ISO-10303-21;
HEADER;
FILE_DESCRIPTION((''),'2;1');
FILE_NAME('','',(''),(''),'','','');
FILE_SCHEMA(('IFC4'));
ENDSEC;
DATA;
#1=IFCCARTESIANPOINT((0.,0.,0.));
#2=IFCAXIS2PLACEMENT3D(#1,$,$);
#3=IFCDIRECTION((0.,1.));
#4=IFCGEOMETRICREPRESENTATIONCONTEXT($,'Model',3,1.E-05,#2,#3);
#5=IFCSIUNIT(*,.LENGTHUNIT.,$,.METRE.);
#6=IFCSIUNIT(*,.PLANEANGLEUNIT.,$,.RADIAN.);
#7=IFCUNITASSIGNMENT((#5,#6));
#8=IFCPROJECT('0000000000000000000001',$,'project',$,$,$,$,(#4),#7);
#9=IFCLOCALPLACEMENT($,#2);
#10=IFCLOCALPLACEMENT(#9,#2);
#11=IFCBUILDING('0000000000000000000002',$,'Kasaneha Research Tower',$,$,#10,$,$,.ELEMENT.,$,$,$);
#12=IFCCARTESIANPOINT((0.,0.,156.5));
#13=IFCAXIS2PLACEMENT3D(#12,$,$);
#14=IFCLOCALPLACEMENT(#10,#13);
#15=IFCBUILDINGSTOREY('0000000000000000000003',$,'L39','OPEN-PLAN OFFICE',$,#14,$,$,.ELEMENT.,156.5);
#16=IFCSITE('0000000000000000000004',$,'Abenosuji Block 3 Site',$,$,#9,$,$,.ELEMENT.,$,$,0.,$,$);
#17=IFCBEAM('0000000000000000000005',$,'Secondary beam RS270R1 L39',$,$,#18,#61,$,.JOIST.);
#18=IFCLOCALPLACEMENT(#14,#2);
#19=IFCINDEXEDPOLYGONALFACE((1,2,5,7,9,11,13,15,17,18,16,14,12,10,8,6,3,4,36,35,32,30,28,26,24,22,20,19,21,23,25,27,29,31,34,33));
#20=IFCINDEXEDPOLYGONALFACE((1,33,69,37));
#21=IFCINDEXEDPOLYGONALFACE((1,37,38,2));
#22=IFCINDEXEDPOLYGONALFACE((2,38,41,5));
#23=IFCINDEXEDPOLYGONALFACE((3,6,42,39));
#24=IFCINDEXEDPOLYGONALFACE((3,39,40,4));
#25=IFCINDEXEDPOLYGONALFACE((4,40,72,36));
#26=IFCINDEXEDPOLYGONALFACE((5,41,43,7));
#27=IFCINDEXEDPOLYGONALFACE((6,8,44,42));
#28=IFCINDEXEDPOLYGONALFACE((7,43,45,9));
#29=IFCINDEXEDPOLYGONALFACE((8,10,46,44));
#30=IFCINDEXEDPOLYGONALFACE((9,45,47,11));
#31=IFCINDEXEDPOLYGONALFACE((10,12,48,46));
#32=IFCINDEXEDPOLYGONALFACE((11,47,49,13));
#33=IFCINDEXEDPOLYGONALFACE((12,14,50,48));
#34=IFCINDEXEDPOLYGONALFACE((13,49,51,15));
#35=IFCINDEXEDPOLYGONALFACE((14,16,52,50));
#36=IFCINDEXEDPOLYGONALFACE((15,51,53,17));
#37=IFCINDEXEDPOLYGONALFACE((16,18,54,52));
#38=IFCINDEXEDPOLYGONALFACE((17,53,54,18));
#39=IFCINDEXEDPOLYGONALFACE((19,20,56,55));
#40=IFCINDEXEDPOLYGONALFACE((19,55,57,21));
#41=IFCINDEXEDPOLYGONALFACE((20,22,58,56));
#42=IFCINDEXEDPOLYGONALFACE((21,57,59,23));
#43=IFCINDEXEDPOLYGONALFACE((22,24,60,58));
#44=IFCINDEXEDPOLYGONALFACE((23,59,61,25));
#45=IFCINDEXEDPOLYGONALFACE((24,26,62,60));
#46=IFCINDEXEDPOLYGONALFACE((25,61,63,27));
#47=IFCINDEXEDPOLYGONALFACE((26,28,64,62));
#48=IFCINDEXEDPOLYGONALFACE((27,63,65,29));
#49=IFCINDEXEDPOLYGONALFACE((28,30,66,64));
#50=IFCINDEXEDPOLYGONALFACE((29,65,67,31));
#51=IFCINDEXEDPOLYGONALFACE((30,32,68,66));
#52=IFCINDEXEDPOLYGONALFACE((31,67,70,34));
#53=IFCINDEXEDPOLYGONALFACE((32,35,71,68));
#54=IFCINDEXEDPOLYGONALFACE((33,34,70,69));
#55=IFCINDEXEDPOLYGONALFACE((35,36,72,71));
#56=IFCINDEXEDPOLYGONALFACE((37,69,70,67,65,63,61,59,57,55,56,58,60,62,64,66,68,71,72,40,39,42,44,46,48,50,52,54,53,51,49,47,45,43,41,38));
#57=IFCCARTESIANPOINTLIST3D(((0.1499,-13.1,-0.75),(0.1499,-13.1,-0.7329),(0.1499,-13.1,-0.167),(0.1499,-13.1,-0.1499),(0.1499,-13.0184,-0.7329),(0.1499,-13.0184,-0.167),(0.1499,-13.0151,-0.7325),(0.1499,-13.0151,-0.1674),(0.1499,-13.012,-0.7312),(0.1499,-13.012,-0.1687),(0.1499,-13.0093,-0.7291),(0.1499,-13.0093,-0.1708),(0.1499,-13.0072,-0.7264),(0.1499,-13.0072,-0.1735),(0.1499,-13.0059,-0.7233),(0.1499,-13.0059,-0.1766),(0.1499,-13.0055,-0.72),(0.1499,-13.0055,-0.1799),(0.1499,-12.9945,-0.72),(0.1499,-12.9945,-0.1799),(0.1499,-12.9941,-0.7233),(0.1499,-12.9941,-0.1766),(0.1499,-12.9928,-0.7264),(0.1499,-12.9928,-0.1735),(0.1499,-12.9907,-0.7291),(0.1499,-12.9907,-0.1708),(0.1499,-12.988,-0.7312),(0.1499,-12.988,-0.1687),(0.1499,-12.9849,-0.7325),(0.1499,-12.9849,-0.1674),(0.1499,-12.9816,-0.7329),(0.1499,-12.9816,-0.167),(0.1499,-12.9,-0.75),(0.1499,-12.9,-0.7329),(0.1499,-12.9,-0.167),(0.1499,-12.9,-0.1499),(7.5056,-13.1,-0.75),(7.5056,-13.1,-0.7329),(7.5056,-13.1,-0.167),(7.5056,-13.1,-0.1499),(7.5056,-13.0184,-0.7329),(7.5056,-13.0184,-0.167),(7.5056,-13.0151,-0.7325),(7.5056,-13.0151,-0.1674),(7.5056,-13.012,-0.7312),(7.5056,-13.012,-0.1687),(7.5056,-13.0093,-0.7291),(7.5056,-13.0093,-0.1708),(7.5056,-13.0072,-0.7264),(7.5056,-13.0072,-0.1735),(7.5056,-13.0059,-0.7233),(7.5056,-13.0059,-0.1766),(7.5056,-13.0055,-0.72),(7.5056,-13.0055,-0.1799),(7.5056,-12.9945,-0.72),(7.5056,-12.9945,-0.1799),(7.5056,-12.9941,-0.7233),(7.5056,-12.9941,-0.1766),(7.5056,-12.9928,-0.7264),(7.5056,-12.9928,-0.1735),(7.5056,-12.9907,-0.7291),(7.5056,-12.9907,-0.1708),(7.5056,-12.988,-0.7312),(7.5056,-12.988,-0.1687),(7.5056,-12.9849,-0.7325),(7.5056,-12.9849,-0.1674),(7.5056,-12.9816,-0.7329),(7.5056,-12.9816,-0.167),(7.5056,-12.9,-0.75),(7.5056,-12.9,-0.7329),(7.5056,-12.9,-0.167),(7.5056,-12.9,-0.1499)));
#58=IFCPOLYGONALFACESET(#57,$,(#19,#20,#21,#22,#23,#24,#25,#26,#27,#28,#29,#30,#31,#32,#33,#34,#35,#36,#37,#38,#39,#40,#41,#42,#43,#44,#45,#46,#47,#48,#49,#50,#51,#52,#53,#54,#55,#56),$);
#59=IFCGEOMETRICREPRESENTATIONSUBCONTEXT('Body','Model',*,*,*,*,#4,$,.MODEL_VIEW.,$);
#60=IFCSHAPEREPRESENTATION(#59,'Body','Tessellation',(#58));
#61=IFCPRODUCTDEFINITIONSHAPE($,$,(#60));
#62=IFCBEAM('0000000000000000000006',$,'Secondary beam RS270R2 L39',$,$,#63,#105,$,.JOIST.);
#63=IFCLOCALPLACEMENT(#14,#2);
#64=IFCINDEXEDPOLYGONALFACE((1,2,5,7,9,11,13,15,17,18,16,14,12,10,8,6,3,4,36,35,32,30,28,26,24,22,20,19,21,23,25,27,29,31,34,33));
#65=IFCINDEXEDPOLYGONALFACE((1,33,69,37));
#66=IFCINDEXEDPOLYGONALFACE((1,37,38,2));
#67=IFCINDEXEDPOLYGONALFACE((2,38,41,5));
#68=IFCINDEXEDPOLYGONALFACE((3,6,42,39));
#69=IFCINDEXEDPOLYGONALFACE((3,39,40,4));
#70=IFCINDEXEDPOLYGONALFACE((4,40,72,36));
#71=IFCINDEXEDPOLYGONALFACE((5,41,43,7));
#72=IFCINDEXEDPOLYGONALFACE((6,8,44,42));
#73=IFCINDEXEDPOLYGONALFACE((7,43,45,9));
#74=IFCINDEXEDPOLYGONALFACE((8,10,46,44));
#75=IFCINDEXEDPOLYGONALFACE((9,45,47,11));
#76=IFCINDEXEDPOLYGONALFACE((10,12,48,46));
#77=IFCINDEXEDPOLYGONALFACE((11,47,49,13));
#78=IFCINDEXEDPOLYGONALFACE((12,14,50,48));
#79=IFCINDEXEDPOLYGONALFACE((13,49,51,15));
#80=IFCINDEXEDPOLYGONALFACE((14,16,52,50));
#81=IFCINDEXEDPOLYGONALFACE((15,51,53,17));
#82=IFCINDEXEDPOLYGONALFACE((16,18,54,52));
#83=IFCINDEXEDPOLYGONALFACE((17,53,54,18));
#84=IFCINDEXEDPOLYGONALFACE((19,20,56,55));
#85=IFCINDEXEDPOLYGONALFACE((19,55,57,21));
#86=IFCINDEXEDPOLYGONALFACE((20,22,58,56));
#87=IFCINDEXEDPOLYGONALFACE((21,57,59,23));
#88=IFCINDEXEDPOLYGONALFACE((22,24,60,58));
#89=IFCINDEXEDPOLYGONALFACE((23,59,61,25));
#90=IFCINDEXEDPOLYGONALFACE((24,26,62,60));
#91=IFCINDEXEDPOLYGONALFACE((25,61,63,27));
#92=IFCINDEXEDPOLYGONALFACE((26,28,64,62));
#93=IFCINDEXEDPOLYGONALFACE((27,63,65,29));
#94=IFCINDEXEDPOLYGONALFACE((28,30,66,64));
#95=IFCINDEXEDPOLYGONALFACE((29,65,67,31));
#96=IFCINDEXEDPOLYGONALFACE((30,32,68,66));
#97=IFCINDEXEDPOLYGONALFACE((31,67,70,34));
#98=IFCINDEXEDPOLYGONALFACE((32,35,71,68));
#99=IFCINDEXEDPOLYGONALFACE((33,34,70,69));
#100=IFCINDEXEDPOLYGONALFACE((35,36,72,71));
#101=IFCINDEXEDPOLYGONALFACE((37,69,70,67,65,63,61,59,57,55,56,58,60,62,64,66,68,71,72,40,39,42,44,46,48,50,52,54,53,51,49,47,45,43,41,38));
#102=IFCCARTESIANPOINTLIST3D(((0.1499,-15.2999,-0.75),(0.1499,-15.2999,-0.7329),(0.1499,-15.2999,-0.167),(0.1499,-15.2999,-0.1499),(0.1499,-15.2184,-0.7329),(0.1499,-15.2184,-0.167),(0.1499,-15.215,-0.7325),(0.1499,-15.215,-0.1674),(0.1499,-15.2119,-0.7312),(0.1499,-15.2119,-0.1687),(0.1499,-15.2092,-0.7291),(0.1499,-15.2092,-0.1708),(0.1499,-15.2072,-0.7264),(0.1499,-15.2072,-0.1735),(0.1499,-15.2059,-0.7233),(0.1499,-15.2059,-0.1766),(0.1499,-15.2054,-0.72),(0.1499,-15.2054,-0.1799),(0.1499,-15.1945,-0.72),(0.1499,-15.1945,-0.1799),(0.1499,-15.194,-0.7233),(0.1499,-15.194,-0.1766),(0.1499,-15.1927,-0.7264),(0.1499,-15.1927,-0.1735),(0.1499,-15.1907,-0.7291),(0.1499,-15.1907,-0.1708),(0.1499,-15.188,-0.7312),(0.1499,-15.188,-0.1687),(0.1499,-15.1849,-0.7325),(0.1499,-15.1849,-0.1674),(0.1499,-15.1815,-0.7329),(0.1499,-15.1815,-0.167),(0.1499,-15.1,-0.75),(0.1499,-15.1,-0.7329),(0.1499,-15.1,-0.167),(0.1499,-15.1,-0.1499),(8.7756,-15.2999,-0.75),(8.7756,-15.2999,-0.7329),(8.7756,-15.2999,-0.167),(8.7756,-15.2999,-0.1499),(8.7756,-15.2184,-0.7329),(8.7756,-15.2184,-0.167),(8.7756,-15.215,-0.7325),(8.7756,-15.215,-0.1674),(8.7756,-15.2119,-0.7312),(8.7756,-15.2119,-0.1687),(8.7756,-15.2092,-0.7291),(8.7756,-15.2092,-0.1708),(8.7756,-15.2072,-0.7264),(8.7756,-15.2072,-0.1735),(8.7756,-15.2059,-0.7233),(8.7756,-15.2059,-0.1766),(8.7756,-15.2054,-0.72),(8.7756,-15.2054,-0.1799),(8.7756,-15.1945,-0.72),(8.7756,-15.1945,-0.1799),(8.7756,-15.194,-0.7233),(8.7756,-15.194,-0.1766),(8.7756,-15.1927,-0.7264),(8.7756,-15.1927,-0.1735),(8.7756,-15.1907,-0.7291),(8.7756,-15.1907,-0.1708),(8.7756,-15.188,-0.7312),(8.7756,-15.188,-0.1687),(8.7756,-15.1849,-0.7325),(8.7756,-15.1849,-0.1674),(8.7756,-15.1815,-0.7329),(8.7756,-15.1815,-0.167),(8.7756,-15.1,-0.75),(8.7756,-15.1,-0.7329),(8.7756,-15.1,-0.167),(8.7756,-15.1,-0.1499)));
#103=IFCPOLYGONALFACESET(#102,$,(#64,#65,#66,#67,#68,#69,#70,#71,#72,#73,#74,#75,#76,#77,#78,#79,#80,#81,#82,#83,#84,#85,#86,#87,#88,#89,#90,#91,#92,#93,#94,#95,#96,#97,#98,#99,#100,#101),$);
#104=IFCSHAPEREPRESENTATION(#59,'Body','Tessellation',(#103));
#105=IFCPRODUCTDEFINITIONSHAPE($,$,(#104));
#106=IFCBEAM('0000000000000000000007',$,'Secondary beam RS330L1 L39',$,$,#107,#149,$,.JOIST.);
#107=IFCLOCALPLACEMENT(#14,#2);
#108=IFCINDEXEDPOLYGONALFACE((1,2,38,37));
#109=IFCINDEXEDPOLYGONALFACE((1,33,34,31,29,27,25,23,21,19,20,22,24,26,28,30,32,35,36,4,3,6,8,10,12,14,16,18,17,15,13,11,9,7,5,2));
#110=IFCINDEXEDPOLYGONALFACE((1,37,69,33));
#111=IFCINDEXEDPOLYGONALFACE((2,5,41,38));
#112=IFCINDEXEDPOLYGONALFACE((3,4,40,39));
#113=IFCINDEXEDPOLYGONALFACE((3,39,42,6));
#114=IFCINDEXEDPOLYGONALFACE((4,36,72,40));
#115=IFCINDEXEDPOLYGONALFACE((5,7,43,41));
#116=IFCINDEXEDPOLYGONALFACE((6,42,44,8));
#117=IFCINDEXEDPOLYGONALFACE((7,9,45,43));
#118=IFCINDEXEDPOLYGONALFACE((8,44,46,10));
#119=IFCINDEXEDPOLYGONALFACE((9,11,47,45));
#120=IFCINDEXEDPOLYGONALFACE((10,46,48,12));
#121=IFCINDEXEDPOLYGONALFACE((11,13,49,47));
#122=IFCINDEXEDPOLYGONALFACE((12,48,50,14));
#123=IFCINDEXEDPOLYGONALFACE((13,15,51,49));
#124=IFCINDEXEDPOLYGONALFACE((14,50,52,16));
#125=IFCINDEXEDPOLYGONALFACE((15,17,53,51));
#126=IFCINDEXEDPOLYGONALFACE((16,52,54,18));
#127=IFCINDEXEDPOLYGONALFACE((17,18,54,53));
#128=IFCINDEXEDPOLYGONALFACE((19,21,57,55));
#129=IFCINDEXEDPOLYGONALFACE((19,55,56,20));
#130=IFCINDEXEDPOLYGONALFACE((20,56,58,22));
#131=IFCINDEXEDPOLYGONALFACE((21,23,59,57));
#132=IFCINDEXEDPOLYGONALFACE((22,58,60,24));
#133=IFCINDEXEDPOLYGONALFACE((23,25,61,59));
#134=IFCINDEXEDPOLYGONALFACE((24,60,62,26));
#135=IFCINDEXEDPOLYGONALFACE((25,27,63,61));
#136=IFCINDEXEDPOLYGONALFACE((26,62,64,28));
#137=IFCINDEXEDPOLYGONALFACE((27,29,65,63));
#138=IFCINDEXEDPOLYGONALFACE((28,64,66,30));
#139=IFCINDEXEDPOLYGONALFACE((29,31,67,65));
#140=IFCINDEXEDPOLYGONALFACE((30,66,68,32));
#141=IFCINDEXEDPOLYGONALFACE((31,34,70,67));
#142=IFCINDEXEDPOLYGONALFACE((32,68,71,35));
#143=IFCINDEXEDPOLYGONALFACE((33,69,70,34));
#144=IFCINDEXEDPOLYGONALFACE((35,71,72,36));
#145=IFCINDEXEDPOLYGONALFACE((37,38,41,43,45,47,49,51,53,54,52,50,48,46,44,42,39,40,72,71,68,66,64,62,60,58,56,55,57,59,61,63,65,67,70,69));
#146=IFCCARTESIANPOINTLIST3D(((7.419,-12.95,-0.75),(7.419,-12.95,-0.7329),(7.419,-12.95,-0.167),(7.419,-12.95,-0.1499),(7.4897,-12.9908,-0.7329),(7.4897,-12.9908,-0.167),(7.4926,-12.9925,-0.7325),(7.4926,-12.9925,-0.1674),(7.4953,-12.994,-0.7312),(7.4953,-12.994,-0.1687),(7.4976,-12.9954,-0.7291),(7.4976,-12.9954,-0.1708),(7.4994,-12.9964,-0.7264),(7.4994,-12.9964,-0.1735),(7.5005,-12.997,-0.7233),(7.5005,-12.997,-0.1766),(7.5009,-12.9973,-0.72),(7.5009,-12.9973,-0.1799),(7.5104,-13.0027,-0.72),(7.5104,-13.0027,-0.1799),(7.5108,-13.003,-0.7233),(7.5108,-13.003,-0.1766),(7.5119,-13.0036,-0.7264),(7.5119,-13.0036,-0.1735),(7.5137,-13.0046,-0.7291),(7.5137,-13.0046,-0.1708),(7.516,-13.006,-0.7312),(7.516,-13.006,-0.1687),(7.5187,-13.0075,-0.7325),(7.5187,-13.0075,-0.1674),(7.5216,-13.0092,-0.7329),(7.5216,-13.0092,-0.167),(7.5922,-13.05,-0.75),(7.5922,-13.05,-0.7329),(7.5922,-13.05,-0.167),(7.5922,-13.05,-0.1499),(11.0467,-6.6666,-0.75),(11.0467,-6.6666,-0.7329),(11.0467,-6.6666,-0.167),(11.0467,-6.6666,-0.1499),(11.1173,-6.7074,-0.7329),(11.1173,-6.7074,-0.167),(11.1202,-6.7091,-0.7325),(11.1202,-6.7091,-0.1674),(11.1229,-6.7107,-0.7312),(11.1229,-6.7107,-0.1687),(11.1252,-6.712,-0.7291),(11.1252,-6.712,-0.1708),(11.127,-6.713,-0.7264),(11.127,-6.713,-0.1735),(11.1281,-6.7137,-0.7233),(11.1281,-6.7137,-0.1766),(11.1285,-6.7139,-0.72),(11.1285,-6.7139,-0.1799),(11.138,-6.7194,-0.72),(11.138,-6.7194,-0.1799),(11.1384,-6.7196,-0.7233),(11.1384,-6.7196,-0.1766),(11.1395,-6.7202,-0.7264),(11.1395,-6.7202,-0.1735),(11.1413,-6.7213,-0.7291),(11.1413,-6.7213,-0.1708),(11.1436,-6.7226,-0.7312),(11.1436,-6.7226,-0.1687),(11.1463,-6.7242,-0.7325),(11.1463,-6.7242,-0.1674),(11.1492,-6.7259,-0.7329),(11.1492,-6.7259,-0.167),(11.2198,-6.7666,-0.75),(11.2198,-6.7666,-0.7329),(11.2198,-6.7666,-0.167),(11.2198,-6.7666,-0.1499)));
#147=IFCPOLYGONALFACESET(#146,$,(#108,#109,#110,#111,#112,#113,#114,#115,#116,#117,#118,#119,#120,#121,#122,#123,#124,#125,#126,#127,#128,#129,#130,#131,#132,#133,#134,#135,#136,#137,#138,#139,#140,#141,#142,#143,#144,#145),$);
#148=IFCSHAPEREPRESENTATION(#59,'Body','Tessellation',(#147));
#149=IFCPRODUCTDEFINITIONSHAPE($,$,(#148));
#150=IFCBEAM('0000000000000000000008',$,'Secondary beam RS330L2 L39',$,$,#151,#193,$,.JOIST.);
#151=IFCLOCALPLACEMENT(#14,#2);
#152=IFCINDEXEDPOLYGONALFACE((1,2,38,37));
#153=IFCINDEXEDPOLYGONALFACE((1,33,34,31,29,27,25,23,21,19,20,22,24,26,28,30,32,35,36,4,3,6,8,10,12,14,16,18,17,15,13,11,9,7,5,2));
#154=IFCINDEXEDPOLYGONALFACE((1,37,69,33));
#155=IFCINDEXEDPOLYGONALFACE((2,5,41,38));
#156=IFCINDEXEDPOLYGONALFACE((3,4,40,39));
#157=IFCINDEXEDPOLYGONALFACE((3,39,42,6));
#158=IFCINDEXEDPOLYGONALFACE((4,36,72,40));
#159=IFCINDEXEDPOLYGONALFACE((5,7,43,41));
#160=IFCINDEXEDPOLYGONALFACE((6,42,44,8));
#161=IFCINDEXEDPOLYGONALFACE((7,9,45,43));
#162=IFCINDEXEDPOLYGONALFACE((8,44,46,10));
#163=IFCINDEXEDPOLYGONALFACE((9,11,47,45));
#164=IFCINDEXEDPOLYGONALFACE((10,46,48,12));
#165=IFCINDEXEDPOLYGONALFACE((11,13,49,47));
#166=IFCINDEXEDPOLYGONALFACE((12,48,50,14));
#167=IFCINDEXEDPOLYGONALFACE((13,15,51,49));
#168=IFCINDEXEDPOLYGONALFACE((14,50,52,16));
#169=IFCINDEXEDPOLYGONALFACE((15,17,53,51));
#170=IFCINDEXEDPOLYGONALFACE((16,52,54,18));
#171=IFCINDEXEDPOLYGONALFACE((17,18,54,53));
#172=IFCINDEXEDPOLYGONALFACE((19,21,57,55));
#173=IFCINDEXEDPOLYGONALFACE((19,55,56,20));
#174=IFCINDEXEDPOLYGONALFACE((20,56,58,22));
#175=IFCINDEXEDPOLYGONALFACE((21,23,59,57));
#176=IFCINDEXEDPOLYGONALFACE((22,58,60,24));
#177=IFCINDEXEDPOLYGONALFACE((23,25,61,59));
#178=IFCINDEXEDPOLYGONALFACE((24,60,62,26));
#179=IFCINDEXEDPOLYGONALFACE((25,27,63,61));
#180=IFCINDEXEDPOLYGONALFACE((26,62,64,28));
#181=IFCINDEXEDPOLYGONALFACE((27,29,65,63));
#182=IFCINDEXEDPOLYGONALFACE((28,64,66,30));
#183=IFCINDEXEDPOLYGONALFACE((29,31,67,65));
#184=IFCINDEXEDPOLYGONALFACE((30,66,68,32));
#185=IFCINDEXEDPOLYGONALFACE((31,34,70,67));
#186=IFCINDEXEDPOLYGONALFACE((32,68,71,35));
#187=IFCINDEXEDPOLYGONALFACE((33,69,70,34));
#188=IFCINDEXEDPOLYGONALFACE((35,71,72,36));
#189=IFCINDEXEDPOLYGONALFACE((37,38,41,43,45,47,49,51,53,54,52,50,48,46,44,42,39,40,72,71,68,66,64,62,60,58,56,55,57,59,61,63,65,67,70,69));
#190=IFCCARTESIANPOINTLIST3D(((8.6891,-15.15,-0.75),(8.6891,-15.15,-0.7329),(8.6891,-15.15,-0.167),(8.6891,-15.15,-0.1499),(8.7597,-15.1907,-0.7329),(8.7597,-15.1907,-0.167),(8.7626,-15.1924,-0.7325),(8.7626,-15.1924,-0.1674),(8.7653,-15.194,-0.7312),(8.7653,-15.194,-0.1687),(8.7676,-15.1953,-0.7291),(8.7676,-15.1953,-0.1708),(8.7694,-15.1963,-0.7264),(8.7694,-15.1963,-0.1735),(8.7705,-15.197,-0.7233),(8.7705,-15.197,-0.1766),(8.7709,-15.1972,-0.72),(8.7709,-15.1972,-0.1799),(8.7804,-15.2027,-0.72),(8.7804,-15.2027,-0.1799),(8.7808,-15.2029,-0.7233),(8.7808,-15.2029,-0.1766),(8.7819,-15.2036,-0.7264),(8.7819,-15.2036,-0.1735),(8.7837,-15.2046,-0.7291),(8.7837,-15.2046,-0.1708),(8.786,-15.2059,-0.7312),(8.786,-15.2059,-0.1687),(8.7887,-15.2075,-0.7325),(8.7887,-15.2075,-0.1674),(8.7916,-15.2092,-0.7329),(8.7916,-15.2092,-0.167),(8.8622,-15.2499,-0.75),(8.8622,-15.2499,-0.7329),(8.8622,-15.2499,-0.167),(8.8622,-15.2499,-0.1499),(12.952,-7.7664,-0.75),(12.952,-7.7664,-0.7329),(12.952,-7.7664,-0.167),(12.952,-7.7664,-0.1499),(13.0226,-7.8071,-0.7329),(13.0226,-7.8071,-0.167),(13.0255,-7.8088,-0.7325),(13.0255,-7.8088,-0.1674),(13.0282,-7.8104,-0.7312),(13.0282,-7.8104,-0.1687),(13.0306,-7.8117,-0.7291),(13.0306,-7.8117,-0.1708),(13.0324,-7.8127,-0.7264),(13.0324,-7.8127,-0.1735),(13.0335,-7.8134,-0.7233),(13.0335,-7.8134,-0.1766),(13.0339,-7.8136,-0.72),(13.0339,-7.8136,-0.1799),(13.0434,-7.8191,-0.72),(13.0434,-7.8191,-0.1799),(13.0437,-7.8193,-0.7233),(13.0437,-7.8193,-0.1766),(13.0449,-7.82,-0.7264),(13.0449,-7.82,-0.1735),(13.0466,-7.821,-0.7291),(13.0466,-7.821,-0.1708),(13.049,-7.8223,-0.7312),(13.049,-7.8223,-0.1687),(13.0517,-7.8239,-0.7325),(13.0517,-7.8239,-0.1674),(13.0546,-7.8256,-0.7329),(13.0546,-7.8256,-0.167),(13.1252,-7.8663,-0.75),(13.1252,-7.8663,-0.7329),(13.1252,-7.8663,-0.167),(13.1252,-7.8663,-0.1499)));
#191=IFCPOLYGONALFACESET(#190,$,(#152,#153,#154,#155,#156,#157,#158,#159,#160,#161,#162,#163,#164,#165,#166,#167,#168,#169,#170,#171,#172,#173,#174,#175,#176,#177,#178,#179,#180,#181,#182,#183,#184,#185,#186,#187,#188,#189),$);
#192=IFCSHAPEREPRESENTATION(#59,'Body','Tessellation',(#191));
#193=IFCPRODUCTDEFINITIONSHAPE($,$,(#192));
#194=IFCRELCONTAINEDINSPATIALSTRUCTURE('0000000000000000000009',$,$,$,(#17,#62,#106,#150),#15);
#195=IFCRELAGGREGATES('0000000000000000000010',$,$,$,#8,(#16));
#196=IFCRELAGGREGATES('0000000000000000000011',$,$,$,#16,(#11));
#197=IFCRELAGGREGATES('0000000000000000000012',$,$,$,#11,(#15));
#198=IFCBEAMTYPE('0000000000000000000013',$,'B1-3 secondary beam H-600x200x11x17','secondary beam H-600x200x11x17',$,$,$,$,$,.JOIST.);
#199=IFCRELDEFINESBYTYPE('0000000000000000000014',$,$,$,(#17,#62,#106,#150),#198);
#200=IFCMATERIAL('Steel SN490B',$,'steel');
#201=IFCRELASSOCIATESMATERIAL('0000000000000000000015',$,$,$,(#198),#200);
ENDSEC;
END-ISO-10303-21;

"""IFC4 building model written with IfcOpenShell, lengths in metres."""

from ifc_helpers import new_model, si_unit, direction, frame, origin, origin_2d, place, context, subcontext, project, spatial, i_section, extrude, material, material_profile, profile_set, type_object, element, save


model = new_model("IFC4")

# Units and contexts
model_context = context("Model", 3, precision=1e-05, world=origin(), true_north=direction((0.0, 1.0)))
body_context = subcontext(model_context, "Body", "Model", "MODEL_VIEW")
ifc_project = project(units=[si_unit("LENGTHUNIT", "METRE"), si_unit("PLANEANGLEUNIT", "RADIAN")], contexts=[model_context])

# Site, building, storey
site_placement = place(None, origin())
site = spatial("IfcSite", under=ifc_project, at=site_placement, Name="Abenosuji Block 3 Site", CompositionType="ELEMENT", RefElevation=0.0)
building_placement = place(site_placement, origin())
building = spatial("IfcBuilding", under=site, at=building_placement, Name="Kasaneha Research Tower", CompositionType="ELEMENT")
storey_placement = place(building_placement, frame((0.0, 0.0, 156.5)))
storey = spatial("IfcBuildingStorey", under=building, at=storey_placement, Name="L39", Description="OPEN-PLAN OFFICE", CompositionType="ELEMENT", Elevation=156.5)

# Beams
ifc_material_1 = material(Name="Steel SN490B", Category="steel")
ifc_material_profile_1 = material_profile(ifc_material_1, i_section(OverallWidth=0.2, OverallDepth=0.6001, WebThickness=0.011, FlangeThickness=0.0171, FilletRadius=0.0129, at=origin_2d()), Name="H-600x200x11x17")
ifc_profile_set_1 = profile_set([ifc_material_profile_1], Name="Steel SN490B")
beam_type_1 = type_object("IfcBeamType", Name="B1-3 secondary beam H-600x200x11x17", Description="secondary beam H-600x200x11x17", PredefinedType="JOIST", material=ifc_profile_set_1)
beam_1_placement = place(storey_placement, frame((7.5056, -13.0, -0.45), z_axis=(-1.0, 0.0, 0.0), x_axis=(0.0, -1.0, 0.0)))
element("IfcBeam", 1, at=beam_1_placement, inside=storey, type_object=beam_type_1, Name="Secondary beam RS270R1 L39", PredefinedType="JOIST", context=body_context, shape_type="SweptSolid", body=[
    extrude(i_section(OverallWidth=0.2, OverallDepth=0.6001, WebThickness=0.011, FlangeThickness=0.0171, FilletRadius=0.0129, at=origin_2d()), origin(), (0.0, 0.0, 1.0), 7.3557),
])
beam_2_placement = place(storey_placement, frame((8.7756, -15.2, -0.45), z_axis=(-1.0, 0.0, 0.0), x_axis=(0.0, -1.0, 0.0)))
element("IfcBeam", 2, at=beam_2_placement, inside=storey, type_object=beam_type_1, Name="Secondary beam RS270R2 L39", PredefinedType="JOIST", context=body_context, shape_type="SweptSolid", body=[
    extrude(i_section(OverallWidth=0.2, OverallDepth=0.6001, WebThickness=0.011, FlangeThickness=0.0171, FilletRadius=0.0129, at=origin_2d()), origin(), (0.0, 0.0, 1.0), 8.6257),
])
beam_3_placement = place(storey_placement, frame((7.5056, -13.0, -0.45), z_axis=(0.499993, 0.866029, 0.0), x_axis=(-0.866029, 0.499993, 0.0)))
element("IfcBeam", 3, at=beam_3_placement, inside=storey, type_object=beam_type_1, Name="Secondary beam RS330L1 L39", PredefinedType="JOIST", context=body_context, shape_type="SweptSolid", body=[
    extrude(i_section(OverallWidth=0.2, OverallDepth=0.6001, WebThickness=0.011, FlangeThickness=0.0171, FilletRadius=0.0129, at=origin_2d()), origin(), (0.0, 0.0, 1.0), 7.2554),
])
beam_4_placement = place(storey_placement, frame((8.7756, -15.2, -0.45), z_axis=(0.500004, 0.866023, 0.0), x_axis=(-0.866023, 0.500004, 0.0)))
element("IfcBeam", 4, at=beam_4_placement, inside=storey, type_object=beam_type_1, Name="Secondary beam RS330L2 L39", PredefinedType="JOIST", context=body_context, shape_type="SweptSolid", body=[
    extrude(i_section(OverallWidth=0.2, OverallDepth=0.6001, WebThickness=0.011, FlangeThickness=0.0171, FilletRadius=0.0129, at=origin_2d()), origin(), (0.0, 0.0, 1.0), 8.5259),
])

save(model, "model.ifc")
